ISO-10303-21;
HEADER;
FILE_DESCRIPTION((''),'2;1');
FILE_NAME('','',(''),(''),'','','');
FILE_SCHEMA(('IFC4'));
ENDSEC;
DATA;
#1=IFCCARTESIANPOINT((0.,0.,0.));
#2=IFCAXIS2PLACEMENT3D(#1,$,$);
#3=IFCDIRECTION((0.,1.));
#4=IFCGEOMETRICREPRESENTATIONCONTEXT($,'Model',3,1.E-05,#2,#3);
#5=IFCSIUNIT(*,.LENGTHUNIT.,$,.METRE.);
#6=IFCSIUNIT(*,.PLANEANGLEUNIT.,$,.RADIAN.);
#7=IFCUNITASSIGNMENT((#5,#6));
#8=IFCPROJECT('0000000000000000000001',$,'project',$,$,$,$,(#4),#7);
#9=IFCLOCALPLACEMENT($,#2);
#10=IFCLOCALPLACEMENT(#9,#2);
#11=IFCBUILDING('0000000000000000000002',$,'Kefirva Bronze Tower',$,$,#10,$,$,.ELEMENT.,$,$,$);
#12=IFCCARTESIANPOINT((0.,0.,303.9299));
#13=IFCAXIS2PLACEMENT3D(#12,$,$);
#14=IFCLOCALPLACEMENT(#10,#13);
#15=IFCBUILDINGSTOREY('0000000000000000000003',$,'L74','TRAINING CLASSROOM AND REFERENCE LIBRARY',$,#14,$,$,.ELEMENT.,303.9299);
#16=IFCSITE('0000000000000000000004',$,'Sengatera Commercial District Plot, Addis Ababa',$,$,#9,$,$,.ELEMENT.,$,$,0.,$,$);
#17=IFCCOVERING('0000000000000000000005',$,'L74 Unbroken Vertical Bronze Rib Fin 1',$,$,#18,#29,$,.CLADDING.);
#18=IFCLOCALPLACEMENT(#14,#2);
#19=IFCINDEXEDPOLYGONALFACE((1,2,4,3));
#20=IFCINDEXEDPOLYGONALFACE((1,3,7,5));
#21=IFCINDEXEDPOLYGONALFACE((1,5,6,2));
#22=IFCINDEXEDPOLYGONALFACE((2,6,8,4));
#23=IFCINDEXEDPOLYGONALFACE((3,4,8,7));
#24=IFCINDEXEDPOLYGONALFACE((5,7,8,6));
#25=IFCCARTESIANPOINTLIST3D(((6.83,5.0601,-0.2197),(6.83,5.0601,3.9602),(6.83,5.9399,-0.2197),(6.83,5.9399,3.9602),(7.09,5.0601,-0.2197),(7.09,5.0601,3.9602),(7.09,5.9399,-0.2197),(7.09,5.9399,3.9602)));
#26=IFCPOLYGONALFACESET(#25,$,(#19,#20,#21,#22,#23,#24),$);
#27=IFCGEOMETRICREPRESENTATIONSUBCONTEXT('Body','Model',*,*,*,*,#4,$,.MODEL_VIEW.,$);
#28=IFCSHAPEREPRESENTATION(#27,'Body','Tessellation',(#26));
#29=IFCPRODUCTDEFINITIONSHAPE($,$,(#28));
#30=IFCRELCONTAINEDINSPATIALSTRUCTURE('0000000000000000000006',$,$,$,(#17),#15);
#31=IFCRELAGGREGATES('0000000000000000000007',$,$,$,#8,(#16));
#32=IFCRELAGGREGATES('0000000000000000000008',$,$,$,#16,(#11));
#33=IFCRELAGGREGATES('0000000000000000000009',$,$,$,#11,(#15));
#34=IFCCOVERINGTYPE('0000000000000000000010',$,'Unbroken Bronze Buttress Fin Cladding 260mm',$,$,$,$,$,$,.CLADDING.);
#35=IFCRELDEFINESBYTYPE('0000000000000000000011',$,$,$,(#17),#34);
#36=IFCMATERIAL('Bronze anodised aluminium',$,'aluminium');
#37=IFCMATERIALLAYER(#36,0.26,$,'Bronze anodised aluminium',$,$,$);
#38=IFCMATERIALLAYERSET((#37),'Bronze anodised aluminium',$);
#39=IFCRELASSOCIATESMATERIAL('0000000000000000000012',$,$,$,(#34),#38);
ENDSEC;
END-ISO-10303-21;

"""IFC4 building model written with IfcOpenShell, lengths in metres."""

from ifc_helpers import new_model, si_unit, direction, frame, origin, origin_2d, place, context, subcontext, project, spatial, rectangle, extrude, material, layer, layer_set, type_object, element, save


model = new_model("IFC4")

# Units and contexts
model_context = context("Model", 3, precision=1e-05, world=origin(), true_north=direction((0.0, 1.0)))
body_context = subcontext(model_context, "Body", "Model", "MODEL_VIEW")
ifc_project = project(units=[si_unit("LENGTHUNIT", "METRE"), si_unit("PLANEANGLEUNIT", "RADIAN")], contexts=[model_context])

# Site, building, storey
site_placement = place(None, origin())
site = spatial("IfcSite", under=ifc_project, at=site_placement, Name="Sengatera Commercial District Plot, Addis Ababa", CompositionType="ELEMENT", RefElevation=0.0)
building_placement = place(site_placement, origin())
building = spatial("IfcBuilding", under=site, at=building_placement, Name="Kefirva Bronze Tower", CompositionType="ELEMENT")
storey_placement = place(building_placement, frame((0.0, 0.0, 303.9299)))
storey = spatial("IfcBuildingStorey", under=building, at=storey_placement, Name="L74", Description="TRAINING CLASSROOM AND REFERENCE LIBRARY", CompositionType="ELEMENT", Elevation=303.9299)

# Shared definitions
ifc_material_1 = material(Name="Bronze anodised aluminium", Category="aluminium")

# Covering
ifc_layer_1 = layer(ifc_material_1, 0.26, Name="Bronze anodised aluminium")
ifc_layer_set_1 = layer_set([ifc_layer_1], Name="Bronze anodised aluminium")
covering_type_1 = type_object("IfcCoveringType", Name="Unbroken Bronze Buttress Fin Cladding 260mm", PredefinedType="CLADDING", material=ifc_layer_set_1)
covering_1_placement = place(storey_placement, frame((6.96, 5.5, -0.2197), z_axis=(0.0, 0.0, 1.0), x_axis=(1.0, 0.0, 0.0)))
element("IfcCovering", 1, at=covering_1_placement, inside=storey, type_object=covering_type_1, Name="L74 Unbroken Vertical Bronze Rib Fin 1", PredefinedType="CLADDING", context=body_context, shape_type="SweptSolid", body=[
    extrude(rectangle(XDim=0.26, YDim=0.8799, at=origin_2d()), origin(), (0.0, 0.0, 1.0), 4.1799),
])

save(model, "model.ifc")
